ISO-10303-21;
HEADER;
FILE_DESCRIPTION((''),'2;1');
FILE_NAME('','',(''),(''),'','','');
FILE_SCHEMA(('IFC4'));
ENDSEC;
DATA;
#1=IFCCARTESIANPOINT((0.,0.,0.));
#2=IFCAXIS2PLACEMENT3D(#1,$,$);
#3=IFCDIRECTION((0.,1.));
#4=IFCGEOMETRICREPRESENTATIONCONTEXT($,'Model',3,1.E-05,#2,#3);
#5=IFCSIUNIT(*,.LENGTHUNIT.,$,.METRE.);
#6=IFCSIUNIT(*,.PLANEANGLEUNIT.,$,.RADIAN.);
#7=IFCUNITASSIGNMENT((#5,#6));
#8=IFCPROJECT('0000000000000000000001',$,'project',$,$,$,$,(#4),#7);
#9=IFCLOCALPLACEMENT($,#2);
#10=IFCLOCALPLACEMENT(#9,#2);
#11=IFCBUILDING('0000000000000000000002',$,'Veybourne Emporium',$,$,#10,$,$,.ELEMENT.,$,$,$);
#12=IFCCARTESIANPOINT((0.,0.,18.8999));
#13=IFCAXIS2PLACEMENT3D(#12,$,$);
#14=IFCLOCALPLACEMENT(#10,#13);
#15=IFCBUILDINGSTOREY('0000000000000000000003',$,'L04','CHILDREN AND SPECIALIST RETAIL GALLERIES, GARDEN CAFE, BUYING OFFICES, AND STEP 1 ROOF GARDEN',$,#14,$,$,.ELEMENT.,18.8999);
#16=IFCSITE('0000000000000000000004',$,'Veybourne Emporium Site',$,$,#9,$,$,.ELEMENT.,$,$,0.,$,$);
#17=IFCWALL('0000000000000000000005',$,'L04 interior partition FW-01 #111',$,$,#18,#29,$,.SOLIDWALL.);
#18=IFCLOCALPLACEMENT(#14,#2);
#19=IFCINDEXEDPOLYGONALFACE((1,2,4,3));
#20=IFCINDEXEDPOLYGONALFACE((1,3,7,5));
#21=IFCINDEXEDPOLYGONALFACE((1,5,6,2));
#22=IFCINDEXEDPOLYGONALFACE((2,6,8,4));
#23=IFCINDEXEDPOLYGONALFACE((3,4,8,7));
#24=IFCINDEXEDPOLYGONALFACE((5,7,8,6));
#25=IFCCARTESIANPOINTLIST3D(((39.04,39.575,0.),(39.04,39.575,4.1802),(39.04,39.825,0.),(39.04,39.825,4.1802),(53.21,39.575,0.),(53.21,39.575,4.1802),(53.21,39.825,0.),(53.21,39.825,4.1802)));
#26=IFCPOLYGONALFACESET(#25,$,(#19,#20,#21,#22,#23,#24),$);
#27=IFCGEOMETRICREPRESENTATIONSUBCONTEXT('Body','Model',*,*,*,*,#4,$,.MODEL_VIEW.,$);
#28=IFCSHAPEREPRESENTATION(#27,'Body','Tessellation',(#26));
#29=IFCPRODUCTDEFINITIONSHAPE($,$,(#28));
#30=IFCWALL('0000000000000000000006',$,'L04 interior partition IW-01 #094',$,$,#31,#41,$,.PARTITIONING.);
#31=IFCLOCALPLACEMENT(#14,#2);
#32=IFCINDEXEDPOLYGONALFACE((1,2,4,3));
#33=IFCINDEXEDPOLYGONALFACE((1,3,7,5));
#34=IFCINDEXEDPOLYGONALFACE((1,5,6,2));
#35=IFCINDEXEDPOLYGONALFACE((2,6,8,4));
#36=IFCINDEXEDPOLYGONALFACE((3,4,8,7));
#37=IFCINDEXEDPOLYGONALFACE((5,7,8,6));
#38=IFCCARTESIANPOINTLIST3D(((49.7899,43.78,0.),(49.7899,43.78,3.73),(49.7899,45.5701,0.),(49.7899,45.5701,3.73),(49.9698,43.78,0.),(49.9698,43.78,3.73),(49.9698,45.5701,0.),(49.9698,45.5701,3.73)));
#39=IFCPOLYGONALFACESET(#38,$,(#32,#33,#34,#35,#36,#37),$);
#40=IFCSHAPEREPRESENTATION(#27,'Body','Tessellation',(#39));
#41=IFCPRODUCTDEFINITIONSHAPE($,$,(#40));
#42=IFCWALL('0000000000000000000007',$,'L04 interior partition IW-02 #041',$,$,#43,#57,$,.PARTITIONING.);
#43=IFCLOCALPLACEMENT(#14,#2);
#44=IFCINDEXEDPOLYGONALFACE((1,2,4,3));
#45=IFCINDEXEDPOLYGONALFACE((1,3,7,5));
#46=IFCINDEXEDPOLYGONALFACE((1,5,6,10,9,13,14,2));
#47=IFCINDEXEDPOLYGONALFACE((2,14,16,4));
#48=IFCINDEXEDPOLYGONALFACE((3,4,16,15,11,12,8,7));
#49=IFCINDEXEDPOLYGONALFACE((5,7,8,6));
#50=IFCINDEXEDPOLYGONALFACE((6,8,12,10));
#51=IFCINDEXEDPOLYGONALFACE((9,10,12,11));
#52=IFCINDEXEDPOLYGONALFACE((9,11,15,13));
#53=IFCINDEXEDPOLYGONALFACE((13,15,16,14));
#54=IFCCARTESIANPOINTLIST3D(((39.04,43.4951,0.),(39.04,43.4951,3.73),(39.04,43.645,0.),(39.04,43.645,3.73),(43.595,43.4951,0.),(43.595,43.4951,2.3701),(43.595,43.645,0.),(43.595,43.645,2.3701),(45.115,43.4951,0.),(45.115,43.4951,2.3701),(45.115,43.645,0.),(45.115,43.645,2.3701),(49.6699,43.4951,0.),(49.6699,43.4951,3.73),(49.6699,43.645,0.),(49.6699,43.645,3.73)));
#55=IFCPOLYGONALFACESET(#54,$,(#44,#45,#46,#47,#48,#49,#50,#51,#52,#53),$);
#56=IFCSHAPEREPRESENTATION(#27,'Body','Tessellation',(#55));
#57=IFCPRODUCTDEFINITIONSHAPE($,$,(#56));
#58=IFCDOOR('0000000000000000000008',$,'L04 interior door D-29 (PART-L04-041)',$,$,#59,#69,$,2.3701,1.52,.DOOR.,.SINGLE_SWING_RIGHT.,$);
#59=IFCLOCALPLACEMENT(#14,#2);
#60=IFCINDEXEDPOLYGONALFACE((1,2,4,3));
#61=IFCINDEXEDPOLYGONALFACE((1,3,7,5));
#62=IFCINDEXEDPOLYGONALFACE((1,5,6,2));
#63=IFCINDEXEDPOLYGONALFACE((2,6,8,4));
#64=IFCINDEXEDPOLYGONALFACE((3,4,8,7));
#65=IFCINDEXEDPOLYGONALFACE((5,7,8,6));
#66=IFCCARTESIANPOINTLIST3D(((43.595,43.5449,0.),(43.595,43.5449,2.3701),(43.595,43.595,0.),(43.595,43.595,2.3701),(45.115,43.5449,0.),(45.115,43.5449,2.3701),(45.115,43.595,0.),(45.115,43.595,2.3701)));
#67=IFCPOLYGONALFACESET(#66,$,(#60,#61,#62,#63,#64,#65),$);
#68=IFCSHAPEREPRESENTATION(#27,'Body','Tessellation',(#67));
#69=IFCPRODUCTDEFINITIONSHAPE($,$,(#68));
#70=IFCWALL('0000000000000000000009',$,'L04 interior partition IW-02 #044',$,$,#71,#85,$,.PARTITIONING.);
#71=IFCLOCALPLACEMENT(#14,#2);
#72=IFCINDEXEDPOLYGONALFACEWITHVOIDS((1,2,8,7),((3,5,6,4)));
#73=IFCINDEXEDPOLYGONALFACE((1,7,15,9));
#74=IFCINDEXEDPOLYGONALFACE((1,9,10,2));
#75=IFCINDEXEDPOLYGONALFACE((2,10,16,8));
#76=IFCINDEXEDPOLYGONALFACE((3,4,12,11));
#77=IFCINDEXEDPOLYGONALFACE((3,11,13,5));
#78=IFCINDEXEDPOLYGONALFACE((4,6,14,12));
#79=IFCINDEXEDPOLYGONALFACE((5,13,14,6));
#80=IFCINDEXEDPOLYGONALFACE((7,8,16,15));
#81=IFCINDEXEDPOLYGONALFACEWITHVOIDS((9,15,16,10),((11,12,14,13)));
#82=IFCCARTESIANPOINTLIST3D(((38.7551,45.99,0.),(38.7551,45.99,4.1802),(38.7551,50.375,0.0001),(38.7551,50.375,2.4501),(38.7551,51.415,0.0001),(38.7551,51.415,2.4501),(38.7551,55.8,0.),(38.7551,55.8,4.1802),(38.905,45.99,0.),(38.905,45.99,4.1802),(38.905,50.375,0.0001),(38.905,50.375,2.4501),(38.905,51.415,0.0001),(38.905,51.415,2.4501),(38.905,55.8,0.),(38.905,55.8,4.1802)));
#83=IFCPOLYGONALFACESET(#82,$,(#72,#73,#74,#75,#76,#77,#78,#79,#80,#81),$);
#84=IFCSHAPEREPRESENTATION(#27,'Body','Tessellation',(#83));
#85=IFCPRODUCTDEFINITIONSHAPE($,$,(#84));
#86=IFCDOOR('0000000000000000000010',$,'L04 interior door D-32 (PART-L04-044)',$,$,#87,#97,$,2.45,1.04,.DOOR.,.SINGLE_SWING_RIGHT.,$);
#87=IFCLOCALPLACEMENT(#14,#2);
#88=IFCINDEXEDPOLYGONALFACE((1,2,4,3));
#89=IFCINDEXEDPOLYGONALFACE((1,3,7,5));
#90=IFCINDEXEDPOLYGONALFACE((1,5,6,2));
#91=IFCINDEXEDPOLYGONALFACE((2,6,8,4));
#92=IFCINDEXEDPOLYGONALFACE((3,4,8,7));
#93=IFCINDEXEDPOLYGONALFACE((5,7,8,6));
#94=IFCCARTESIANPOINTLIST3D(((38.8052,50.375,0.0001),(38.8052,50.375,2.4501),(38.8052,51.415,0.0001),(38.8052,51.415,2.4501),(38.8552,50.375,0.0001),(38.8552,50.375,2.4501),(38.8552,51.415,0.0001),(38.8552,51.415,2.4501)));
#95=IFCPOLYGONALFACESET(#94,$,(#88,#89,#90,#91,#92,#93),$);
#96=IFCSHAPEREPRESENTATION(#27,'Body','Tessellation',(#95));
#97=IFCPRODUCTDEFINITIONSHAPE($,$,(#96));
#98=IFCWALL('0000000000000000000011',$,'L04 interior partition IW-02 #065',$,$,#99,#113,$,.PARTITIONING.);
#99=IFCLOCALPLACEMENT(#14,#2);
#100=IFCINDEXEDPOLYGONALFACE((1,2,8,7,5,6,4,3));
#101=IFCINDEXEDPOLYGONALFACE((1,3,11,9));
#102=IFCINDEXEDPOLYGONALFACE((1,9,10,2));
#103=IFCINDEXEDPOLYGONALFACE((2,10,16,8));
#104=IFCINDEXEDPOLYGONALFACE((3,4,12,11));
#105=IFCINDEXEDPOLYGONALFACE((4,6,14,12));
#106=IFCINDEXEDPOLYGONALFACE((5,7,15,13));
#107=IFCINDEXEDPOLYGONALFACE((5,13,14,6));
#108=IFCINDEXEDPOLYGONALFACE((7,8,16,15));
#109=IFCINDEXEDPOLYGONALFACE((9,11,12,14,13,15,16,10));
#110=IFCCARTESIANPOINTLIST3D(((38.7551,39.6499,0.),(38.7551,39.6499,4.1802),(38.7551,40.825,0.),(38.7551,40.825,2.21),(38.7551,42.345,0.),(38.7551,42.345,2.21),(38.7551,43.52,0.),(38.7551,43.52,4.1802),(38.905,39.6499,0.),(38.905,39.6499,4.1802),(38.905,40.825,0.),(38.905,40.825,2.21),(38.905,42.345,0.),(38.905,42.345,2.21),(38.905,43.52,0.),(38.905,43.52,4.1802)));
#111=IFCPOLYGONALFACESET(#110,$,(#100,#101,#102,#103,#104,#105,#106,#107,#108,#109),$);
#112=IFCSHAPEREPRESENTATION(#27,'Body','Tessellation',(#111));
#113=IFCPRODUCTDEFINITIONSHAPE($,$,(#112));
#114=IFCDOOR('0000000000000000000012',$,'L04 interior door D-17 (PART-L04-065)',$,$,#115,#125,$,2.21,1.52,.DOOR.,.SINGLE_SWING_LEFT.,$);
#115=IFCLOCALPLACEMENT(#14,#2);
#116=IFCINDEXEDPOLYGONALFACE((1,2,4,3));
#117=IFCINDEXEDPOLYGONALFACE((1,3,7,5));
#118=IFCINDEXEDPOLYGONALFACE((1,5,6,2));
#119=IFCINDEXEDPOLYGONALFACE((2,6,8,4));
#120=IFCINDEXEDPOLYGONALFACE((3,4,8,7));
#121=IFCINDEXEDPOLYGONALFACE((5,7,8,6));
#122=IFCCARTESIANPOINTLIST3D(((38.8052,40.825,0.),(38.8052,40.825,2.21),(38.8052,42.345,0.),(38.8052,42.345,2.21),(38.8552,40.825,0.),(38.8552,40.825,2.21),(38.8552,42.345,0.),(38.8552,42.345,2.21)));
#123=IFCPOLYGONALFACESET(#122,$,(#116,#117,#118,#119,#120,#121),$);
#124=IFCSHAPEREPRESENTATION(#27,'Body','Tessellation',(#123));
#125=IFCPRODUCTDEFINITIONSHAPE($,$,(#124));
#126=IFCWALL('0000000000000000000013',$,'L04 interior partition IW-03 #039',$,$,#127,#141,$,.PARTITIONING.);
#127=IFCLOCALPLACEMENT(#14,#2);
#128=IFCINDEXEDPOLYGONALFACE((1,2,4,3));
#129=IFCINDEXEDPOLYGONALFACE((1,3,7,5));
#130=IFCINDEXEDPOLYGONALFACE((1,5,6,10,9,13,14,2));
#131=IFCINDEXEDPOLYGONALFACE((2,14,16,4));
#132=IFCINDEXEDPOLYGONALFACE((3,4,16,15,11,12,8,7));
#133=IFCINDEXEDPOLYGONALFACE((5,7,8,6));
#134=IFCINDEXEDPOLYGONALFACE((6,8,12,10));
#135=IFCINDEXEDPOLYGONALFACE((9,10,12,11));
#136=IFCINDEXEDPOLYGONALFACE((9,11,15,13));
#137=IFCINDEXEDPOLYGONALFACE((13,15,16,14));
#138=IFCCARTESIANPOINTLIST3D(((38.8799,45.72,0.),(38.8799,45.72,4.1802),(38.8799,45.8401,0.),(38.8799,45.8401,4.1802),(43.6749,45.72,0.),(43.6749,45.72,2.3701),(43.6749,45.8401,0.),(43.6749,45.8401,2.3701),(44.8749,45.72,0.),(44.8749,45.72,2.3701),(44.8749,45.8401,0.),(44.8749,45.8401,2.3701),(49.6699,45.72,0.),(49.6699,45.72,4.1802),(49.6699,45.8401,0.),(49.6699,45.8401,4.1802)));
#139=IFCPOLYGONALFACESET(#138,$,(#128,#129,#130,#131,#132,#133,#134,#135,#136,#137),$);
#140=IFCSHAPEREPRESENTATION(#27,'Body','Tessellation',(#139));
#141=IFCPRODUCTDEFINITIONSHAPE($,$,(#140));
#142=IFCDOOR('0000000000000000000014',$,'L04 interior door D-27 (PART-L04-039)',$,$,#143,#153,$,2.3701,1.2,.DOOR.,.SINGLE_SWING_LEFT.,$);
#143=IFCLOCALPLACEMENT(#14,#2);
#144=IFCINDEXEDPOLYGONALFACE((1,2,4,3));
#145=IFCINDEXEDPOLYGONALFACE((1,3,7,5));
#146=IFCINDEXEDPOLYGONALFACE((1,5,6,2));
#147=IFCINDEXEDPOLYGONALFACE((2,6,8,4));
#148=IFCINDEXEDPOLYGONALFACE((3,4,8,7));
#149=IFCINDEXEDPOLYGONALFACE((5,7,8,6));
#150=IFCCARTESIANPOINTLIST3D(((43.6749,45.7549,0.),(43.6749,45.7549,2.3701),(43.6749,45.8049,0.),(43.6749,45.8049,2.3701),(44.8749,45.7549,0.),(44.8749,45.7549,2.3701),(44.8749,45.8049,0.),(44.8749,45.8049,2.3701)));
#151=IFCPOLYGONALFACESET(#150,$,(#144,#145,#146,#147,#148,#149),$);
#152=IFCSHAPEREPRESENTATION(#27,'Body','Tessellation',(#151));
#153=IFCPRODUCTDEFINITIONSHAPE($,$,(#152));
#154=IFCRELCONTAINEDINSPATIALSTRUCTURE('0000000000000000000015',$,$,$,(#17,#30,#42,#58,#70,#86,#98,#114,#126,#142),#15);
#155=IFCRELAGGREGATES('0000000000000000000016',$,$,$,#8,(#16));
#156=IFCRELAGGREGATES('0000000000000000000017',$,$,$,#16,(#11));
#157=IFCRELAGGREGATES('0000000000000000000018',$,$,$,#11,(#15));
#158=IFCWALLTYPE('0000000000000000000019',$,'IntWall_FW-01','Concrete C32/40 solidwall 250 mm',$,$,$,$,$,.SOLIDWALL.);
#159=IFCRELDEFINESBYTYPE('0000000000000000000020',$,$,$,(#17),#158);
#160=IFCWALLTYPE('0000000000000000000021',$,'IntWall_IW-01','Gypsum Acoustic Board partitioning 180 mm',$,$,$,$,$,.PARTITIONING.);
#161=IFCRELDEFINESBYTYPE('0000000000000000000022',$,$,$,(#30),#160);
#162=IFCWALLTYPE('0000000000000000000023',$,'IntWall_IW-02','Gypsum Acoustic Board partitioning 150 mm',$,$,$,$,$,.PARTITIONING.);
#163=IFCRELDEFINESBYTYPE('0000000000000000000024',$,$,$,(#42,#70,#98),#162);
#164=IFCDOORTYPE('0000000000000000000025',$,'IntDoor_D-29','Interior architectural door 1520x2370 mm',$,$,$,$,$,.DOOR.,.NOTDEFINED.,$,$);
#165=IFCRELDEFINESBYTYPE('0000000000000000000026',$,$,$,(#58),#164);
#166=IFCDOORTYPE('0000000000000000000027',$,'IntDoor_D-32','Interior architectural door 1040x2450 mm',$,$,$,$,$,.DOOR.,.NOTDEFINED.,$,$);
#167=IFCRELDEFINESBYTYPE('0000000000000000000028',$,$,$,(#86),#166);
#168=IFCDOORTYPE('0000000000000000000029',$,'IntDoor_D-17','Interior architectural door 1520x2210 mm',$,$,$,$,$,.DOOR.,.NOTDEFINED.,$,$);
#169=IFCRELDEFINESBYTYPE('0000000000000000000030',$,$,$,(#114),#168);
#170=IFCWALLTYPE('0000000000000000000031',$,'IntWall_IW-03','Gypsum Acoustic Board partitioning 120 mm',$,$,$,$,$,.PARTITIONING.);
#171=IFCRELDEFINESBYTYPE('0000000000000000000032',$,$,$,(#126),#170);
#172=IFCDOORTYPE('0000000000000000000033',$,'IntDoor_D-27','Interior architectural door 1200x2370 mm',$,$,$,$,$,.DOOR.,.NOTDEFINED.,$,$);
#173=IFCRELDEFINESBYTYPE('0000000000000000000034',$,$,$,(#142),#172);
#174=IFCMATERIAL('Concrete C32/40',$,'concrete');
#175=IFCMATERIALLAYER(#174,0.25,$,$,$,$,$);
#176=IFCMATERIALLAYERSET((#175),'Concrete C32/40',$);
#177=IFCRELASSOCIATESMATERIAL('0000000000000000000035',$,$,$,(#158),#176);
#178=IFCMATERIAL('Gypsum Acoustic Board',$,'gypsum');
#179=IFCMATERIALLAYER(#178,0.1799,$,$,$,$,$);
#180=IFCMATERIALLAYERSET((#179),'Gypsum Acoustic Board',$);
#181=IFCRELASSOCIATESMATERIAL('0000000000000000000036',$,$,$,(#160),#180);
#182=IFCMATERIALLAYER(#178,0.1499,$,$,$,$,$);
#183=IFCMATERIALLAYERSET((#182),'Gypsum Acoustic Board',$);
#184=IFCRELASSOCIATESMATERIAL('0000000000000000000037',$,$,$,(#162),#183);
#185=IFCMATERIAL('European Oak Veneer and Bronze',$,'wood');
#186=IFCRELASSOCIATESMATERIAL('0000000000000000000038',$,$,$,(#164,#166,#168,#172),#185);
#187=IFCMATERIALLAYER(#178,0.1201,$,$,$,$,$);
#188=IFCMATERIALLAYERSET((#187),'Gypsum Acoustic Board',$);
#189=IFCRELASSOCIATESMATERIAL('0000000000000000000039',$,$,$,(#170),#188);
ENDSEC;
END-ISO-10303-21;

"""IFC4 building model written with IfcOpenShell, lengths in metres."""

from ifc_helpers import new_model, si_unit, direction, frame, frame_2d, origin, place, context, subcontext, project, spatial, rectangle, extrude, material, layer, layer_set, type_object, element, fill, save


model = new_model("IFC4")

# Units and contexts
model_context = context("Model", 3, precision=1e-05, world=origin(), true_north=direction((0.0, 1.0)))
body_context = subcontext(model_context, "Body", "Model", "MODEL_VIEW")
ifc_project = project(units=[si_unit("LENGTHUNIT", "METRE"), si_unit("PLANEANGLEUNIT", "RADIAN")], contexts=[model_context])

# Site, building, storey
site_placement = place(None, origin())
site = spatial("IfcSite", under=ifc_project, at=site_placement, Name="Veybourne Emporium Site", CompositionType="ELEMENT", RefElevation=0.0)
building_placement = place(site_placement, origin())
building = spatial("IfcBuilding", under=site, at=building_placement, Name="Veybourne Emporium", CompositionType="ELEMENT")
storey_placement = place(building_placement, frame((0.0, 0.0, 18.8999)))
storey = spatial("IfcBuildingStorey", under=building, at=storey_placement, Name="L04", Description="CHILDREN AND SPECIALIST RETAIL GALLERIES, GARDEN CAFE, BUYING OFFICES, AND STEP 1 ROOF GARDEN", CompositionType="ELEMENT", Elevation=18.8999)

# Shared definitions
ifc_material_1 = material(Name="Concrete C32/40", Category="concrete")

# Walls
ifc_layer_1 = layer(ifc_material_1, 0.25)
ifc_layer_set_1 = layer_set([ifc_layer_1], Name="Concrete C32/40")
wall_type_1 = type_object("IfcWallType", Name="IntWall_FW-01", Description="Concrete C32/40 solidwall 250 mm", PredefinedType="SOLIDWALL", material=ifc_layer_set_1)
wall_1_placement = place(storey_placement, frame((39.04, 39.7, 0.0), z_axis=(0.0, 0.0, 1.0), x_axis=(1.0, 0.0, 0.0)))
element("IfcWall", 1, at=wall_1_placement, inside=storey, type_object=wall_type_1, Name="L04 interior partition FW-01 #111", PredefinedType="SOLIDWALL", context=body_context, shape_type="SweptSolid", body=[
    extrude(rectangle(XDim=14.1699, YDim=0.25, at=frame_2d((7.085, 0.0))), origin(), (0.0, 0.0, 1.0), 4.1802),
])
ifc_material_2 = material(Name="Gypsum Acoustic Board", Category="gypsum")
ifc_layer_2 = layer(ifc_material_2, 0.1799)
ifc_layer_set_2 = layer_set([ifc_layer_2], Name="Gypsum Acoustic Board")
wall_type_2 = type_object("IfcWallType", Name="IntWall_IW-01", Description="Gypsum Acoustic Board partitioning 180 mm", PredefinedType="PARTITIONING", material=ifc_layer_set_2)
wall_2_placement = place(storey_placement, frame((49.8799, 43.78, 0.0), z_axis=(0.0, 0.0, 1.0), x_axis=(0.0, 1.0, 0.0)))
element("IfcWall", 2, at=wall_2_placement, inside=storey, type_object=wall_type_2, Name="L04 interior partition IW-01 #094", PredefinedType="PARTITIONING", context=body_context, shape_type="SweptSolid", body=[
    extrude(rectangle(XDim=1.79, YDim=0.1799, at=frame_2d((0.895, 0.0))), origin(), (0.0, 0.0, 1.0), 3.73),
])

# Walls, openings, doors
ifc_layer_3 = layer(ifc_material_2, 0.1499)
ifc_layer_set_3 = layer_set([ifc_layer_3], Name="Gypsum Acoustic Board")
wall_type_3 = type_object("IfcWallType", Name="IntWall_IW-02", Description="Gypsum Acoustic Board partitioning 150 mm", PredefinedType="PARTITIONING", material=ifc_layer_set_3)
wall_3_placement = place(storey_placement, frame((39.04, 43.5701, 0.0), z_axis=(0.0, 0.0, 1.0), x_axis=(1.0, 0.0, 0.0)))
wall_3 = element("IfcWall", 3, at=wall_3_placement, inside=storey, type_object=wall_type_3, Name="L04 interior partition IW-02 #041", PredefinedType="PARTITIONING", context=body_context, shape_type="SweptSolid", body=[
    extrude(rectangle(XDim=10.6299, YDim=0.1499, at=frame_2d((5.3149, 0.0))), origin(), (0.0, 0.0, 1.0), 3.73),
])
opening_1_placement = place(wall_3_placement, frame((4.5549, 0.0, 0.0)))
opening_1 = element("IfcOpeningElement", 4, at=opening_1_placement, cuts=wall_3, PredefinedType="OPENING", context=body_context, shape_type="SweptSolid", body=[
    extrude(rectangle(XDim=1.52, YDim=2.3701, at=frame_2d((0.76, 1.1851))), frame((0.0, 0.095, 0.0), z_axis=(0.0, -1.0, 0.0), x_axis=(1.0, 0.0, 0.0)), (0.0, 0.0, 1.0), 0.1899),
])
ifc_material_3 = material(Name="European Oak Veneer and Bronze", Category="wood")
door_type_1 = type_object("IfcDoorType", Name="IntDoor_D-29", Description="Interior architectural door 1520x2370 mm", OperationType="NOTDEFINED", PredefinedType="DOOR", material=ifc_material_3)
door_1_placement = place(opening_1_placement, origin())
door_1 = element("IfcDoor", 5, at=door_1_placement, inside=storey, type_object=door_type_1, Name="L04 interior door D-29 (PART-L04-041)", OperationType="SINGLE_SWING_RIGHT", OverallHeight=2.3701, OverallWidth=1.52, PredefinedType="DOOR", context=body_context, shape_type="SweptSolid", body=[
    extrude(rectangle(XDim=1.52, YDim=2.3701, at=frame_2d((0.76, 1.1851))), frame((0.0, 0.0249, 0.0), z_axis=(0.0, -1.0, 0.0), x_axis=(1.0, 0.0, 0.0)), (0.0, 0.0, 1.0), 0.05),
])
fill(opening_1, door_1)
wall_4_placement = place(storey_placement, frame((38.8301, 45.99, 0.0), z_axis=(0.0, 0.0, 1.0), x_axis=(0.0, 1.0, 0.0)))
wall_4 = element("IfcWall", 6, at=wall_4_placement, inside=storey, type_object=wall_type_3, Name="L04 interior partition IW-02 #044", PredefinedType="PARTITIONING", context=body_context, shape_type="SweptSolid", body=[
    extrude(rectangle(XDim=9.8101, YDim=0.1499, at=frame_2d((4.905, 0.0))), origin(), (0.0, 0.0, 1.0), 4.1802),
])
opening_2_placement = place(wall_4_placement, frame((4.385, 0.0, 0.0)))
opening_2 = element("IfcOpeningElement", 7, at=opening_2_placement, cuts=wall_4, PredefinedType="OPENING", context=body_context, shape_type="SweptSolid", body=[
    extrude(rectangle(XDim=1.04, YDim=2.45, at=frame_2d((0.52, 1.2251))), frame((0.0, 0.095, 0.0), z_axis=(0.0, -1.0, 0.0), x_axis=(1.0, 0.0, 0.0)), (0.0, 0.0, 1.0), 0.1899),
])
door_type_2 = type_object("IfcDoorType", Name="IntDoor_D-32", Description="Interior architectural door 1040x2450 mm", OperationType="NOTDEFINED", PredefinedType="DOOR", material=ifc_material_3)
door_2_placement = place(opening_2_placement, origin())
door_2 = element("IfcDoor", 8, at=door_2_placement, inside=storey, type_object=door_type_2, Name="L04 interior door D-32 (PART-L04-044)", OperationType="SINGLE_SWING_RIGHT", OverallHeight=2.45, OverallWidth=1.04, PredefinedType="DOOR", context=body_context, shape_type="SweptSolid", body=[
    extrude(rectangle(XDim=1.04, YDim=2.45, at=frame_2d((0.52, 1.2251))), frame((0.0, 0.0249, 0.0), z_axis=(0.0, -1.0, 0.0), x_axis=(1.0, 0.0, 0.0)), (0.0, 0.0, 1.0), 0.05),
])
fill(opening_2, door_2)
wall_5_placement = place(storey_placement, frame((38.8301, 39.6499, 0.0), z_axis=(0.0, 0.0, 1.0), x_axis=(0.0, 1.0, 0.0)))
wall_5 = element("IfcWall", 9, at=wall_5_placement, inside=storey, type_object=wall_type_3, Name="L04 interior partition IW-02 #065", PredefinedType="PARTITIONING", context=body_context, shape_type="SweptSolid", body=[
    extrude(rectangle(XDim=3.8701, YDim=0.1499, at=frame_2d((1.9351, 0.0))), origin(), (0.0, 0.0, 1.0), 4.1802),
])
opening_3_placement = place(wall_5_placement, frame((1.175, 0.0, 0.0)))
opening_3 = element("IfcOpeningElement", 10, at=opening_3_placement, cuts=wall_5, PredefinedType="OPENING", context=body_context, shape_type="SweptSolid", body=[
    extrude(rectangle(XDim=1.52, YDim=2.21, at=frame_2d((0.76, 1.105))), frame((0.0, 0.095, 0.0), z_axis=(0.0, -1.0, 0.0), x_axis=(1.0, 0.0, 0.0)), (0.0, 0.0, 1.0), 0.1899),
])
door_type_3 = type_object("IfcDoorType", Name="IntDoor_D-17", Description="Interior architectural door 1520x2210 mm", OperationType="NOTDEFINED", PredefinedType="DOOR", material=ifc_material_3)
door_3_placement = place(opening_3_placement, origin())
door_3 = element("IfcDoor", 11, at=door_3_placement, inside=storey, type_object=door_type_3, Name="L04 interior door D-17 (PART-L04-065)", OperationType="SINGLE_SWING_LEFT", OverallHeight=2.21, OverallWidth=1.52, PredefinedType="DOOR", context=body_context, shape_type="SweptSolid", body=[
    extrude(rectangle(XDim=1.52, YDim=2.21, at=frame_2d((0.76, 1.105))), frame((0.0, 0.0249, 0.0), z_axis=(0.0, -1.0, 0.0), x_axis=(1.0, 0.0, 0.0)), (0.0, 0.0, 1.0), 0.05),
])
fill(opening_3, door_3)
ifc_layer_4 = layer(ifc_material_2, 0.1201)
ifc_layer_set_4 = layer_set([ifc_layer_4], Name="Gypsum Acoustic Board")
wall_type_4 = type_object("IfcWallType", Name="IntWall_IW-03", Description="Gypsum Acoustic Board partitioning 120 mm", PredefinedType="PARTITIONING", material=ifc_layer_set_4)
wall_6_placement = place(storey_placement, frame((38.8799, 45.78, 0.0), z_axis=(0.0, 0.0, 1.0), x_axis=(1.0, 0.0, 0.0)))
wall_6 = element("IfcWall", 12, at=wall_6_placement, inside=storey, type_object=wall_type_4, Name="L04 interior partition IW-03 #039", PredefinedType="PARTITIONING", context=body_context, shape_type="SweptSolid", body=[
    extrude(rectangle(XDim=10.79, YDim=0.1201, at=frame_2d((5.395, 0.0))), origin(), (0.0, 0.0, 1.0), 4.1802),
])
opening_4_placement = place(wall_6_placement, frame((4.7949, 0.0, 0.0)))
opening_4 = element("IfcOpeningElement", 13, at=opening_4_placement, cuts=wall_6, PredefinedType="OPENING", context=body_context, shape_type="SweptSolid", body=[
    extrude(rectangle(XDim=1.2, YDim=2.3701, at=frame_2d((0.6001, 1.1851))), frame((0.0, 0.0801, 0.0), z_axis=(0.0, -1.0, 0.0), x_axis=(1.0, 0.0, 0.0)), (0.0, 0.0, 1.0), 0.1602),
])
door_type_4 = type_object("IfcDoorType", Name="IntDoor_D-27", Description="Interior architectural door 1200x2370 mm", OperationType="NOTDEFINED", PredefinedType="DOOR", material=ifc_material_3)
door_4_placement = place(opening_4_placement, origin())
door_4 = element("IfcDoor", 14, at=door_4_placement, inside=storey, type_object=door_type_4, Name="L04 interior door D-27 (PART-L04-039)", OperationType="SINGLE_SWING_LEFT", OverallHeight=2.3701, OverallWidth=1.2, PredefinedType="DOOR", context=body_context, shape_type="SweptSolid", body=[
    extrude(rectangle(XDim=1.2, YDim=2.3701, at=frame_2d((0.6001, 1.1851))), frame((0.0, 0.0249, 0.0), z_axis=(0.0, -1.0, 0.0), x_axis=(1.0, 0.0, 0.0)), (0.0, 0.0, 1.0), 0.05),
])
fill(opening_4, door_4)

save(model, "model.ifc")
